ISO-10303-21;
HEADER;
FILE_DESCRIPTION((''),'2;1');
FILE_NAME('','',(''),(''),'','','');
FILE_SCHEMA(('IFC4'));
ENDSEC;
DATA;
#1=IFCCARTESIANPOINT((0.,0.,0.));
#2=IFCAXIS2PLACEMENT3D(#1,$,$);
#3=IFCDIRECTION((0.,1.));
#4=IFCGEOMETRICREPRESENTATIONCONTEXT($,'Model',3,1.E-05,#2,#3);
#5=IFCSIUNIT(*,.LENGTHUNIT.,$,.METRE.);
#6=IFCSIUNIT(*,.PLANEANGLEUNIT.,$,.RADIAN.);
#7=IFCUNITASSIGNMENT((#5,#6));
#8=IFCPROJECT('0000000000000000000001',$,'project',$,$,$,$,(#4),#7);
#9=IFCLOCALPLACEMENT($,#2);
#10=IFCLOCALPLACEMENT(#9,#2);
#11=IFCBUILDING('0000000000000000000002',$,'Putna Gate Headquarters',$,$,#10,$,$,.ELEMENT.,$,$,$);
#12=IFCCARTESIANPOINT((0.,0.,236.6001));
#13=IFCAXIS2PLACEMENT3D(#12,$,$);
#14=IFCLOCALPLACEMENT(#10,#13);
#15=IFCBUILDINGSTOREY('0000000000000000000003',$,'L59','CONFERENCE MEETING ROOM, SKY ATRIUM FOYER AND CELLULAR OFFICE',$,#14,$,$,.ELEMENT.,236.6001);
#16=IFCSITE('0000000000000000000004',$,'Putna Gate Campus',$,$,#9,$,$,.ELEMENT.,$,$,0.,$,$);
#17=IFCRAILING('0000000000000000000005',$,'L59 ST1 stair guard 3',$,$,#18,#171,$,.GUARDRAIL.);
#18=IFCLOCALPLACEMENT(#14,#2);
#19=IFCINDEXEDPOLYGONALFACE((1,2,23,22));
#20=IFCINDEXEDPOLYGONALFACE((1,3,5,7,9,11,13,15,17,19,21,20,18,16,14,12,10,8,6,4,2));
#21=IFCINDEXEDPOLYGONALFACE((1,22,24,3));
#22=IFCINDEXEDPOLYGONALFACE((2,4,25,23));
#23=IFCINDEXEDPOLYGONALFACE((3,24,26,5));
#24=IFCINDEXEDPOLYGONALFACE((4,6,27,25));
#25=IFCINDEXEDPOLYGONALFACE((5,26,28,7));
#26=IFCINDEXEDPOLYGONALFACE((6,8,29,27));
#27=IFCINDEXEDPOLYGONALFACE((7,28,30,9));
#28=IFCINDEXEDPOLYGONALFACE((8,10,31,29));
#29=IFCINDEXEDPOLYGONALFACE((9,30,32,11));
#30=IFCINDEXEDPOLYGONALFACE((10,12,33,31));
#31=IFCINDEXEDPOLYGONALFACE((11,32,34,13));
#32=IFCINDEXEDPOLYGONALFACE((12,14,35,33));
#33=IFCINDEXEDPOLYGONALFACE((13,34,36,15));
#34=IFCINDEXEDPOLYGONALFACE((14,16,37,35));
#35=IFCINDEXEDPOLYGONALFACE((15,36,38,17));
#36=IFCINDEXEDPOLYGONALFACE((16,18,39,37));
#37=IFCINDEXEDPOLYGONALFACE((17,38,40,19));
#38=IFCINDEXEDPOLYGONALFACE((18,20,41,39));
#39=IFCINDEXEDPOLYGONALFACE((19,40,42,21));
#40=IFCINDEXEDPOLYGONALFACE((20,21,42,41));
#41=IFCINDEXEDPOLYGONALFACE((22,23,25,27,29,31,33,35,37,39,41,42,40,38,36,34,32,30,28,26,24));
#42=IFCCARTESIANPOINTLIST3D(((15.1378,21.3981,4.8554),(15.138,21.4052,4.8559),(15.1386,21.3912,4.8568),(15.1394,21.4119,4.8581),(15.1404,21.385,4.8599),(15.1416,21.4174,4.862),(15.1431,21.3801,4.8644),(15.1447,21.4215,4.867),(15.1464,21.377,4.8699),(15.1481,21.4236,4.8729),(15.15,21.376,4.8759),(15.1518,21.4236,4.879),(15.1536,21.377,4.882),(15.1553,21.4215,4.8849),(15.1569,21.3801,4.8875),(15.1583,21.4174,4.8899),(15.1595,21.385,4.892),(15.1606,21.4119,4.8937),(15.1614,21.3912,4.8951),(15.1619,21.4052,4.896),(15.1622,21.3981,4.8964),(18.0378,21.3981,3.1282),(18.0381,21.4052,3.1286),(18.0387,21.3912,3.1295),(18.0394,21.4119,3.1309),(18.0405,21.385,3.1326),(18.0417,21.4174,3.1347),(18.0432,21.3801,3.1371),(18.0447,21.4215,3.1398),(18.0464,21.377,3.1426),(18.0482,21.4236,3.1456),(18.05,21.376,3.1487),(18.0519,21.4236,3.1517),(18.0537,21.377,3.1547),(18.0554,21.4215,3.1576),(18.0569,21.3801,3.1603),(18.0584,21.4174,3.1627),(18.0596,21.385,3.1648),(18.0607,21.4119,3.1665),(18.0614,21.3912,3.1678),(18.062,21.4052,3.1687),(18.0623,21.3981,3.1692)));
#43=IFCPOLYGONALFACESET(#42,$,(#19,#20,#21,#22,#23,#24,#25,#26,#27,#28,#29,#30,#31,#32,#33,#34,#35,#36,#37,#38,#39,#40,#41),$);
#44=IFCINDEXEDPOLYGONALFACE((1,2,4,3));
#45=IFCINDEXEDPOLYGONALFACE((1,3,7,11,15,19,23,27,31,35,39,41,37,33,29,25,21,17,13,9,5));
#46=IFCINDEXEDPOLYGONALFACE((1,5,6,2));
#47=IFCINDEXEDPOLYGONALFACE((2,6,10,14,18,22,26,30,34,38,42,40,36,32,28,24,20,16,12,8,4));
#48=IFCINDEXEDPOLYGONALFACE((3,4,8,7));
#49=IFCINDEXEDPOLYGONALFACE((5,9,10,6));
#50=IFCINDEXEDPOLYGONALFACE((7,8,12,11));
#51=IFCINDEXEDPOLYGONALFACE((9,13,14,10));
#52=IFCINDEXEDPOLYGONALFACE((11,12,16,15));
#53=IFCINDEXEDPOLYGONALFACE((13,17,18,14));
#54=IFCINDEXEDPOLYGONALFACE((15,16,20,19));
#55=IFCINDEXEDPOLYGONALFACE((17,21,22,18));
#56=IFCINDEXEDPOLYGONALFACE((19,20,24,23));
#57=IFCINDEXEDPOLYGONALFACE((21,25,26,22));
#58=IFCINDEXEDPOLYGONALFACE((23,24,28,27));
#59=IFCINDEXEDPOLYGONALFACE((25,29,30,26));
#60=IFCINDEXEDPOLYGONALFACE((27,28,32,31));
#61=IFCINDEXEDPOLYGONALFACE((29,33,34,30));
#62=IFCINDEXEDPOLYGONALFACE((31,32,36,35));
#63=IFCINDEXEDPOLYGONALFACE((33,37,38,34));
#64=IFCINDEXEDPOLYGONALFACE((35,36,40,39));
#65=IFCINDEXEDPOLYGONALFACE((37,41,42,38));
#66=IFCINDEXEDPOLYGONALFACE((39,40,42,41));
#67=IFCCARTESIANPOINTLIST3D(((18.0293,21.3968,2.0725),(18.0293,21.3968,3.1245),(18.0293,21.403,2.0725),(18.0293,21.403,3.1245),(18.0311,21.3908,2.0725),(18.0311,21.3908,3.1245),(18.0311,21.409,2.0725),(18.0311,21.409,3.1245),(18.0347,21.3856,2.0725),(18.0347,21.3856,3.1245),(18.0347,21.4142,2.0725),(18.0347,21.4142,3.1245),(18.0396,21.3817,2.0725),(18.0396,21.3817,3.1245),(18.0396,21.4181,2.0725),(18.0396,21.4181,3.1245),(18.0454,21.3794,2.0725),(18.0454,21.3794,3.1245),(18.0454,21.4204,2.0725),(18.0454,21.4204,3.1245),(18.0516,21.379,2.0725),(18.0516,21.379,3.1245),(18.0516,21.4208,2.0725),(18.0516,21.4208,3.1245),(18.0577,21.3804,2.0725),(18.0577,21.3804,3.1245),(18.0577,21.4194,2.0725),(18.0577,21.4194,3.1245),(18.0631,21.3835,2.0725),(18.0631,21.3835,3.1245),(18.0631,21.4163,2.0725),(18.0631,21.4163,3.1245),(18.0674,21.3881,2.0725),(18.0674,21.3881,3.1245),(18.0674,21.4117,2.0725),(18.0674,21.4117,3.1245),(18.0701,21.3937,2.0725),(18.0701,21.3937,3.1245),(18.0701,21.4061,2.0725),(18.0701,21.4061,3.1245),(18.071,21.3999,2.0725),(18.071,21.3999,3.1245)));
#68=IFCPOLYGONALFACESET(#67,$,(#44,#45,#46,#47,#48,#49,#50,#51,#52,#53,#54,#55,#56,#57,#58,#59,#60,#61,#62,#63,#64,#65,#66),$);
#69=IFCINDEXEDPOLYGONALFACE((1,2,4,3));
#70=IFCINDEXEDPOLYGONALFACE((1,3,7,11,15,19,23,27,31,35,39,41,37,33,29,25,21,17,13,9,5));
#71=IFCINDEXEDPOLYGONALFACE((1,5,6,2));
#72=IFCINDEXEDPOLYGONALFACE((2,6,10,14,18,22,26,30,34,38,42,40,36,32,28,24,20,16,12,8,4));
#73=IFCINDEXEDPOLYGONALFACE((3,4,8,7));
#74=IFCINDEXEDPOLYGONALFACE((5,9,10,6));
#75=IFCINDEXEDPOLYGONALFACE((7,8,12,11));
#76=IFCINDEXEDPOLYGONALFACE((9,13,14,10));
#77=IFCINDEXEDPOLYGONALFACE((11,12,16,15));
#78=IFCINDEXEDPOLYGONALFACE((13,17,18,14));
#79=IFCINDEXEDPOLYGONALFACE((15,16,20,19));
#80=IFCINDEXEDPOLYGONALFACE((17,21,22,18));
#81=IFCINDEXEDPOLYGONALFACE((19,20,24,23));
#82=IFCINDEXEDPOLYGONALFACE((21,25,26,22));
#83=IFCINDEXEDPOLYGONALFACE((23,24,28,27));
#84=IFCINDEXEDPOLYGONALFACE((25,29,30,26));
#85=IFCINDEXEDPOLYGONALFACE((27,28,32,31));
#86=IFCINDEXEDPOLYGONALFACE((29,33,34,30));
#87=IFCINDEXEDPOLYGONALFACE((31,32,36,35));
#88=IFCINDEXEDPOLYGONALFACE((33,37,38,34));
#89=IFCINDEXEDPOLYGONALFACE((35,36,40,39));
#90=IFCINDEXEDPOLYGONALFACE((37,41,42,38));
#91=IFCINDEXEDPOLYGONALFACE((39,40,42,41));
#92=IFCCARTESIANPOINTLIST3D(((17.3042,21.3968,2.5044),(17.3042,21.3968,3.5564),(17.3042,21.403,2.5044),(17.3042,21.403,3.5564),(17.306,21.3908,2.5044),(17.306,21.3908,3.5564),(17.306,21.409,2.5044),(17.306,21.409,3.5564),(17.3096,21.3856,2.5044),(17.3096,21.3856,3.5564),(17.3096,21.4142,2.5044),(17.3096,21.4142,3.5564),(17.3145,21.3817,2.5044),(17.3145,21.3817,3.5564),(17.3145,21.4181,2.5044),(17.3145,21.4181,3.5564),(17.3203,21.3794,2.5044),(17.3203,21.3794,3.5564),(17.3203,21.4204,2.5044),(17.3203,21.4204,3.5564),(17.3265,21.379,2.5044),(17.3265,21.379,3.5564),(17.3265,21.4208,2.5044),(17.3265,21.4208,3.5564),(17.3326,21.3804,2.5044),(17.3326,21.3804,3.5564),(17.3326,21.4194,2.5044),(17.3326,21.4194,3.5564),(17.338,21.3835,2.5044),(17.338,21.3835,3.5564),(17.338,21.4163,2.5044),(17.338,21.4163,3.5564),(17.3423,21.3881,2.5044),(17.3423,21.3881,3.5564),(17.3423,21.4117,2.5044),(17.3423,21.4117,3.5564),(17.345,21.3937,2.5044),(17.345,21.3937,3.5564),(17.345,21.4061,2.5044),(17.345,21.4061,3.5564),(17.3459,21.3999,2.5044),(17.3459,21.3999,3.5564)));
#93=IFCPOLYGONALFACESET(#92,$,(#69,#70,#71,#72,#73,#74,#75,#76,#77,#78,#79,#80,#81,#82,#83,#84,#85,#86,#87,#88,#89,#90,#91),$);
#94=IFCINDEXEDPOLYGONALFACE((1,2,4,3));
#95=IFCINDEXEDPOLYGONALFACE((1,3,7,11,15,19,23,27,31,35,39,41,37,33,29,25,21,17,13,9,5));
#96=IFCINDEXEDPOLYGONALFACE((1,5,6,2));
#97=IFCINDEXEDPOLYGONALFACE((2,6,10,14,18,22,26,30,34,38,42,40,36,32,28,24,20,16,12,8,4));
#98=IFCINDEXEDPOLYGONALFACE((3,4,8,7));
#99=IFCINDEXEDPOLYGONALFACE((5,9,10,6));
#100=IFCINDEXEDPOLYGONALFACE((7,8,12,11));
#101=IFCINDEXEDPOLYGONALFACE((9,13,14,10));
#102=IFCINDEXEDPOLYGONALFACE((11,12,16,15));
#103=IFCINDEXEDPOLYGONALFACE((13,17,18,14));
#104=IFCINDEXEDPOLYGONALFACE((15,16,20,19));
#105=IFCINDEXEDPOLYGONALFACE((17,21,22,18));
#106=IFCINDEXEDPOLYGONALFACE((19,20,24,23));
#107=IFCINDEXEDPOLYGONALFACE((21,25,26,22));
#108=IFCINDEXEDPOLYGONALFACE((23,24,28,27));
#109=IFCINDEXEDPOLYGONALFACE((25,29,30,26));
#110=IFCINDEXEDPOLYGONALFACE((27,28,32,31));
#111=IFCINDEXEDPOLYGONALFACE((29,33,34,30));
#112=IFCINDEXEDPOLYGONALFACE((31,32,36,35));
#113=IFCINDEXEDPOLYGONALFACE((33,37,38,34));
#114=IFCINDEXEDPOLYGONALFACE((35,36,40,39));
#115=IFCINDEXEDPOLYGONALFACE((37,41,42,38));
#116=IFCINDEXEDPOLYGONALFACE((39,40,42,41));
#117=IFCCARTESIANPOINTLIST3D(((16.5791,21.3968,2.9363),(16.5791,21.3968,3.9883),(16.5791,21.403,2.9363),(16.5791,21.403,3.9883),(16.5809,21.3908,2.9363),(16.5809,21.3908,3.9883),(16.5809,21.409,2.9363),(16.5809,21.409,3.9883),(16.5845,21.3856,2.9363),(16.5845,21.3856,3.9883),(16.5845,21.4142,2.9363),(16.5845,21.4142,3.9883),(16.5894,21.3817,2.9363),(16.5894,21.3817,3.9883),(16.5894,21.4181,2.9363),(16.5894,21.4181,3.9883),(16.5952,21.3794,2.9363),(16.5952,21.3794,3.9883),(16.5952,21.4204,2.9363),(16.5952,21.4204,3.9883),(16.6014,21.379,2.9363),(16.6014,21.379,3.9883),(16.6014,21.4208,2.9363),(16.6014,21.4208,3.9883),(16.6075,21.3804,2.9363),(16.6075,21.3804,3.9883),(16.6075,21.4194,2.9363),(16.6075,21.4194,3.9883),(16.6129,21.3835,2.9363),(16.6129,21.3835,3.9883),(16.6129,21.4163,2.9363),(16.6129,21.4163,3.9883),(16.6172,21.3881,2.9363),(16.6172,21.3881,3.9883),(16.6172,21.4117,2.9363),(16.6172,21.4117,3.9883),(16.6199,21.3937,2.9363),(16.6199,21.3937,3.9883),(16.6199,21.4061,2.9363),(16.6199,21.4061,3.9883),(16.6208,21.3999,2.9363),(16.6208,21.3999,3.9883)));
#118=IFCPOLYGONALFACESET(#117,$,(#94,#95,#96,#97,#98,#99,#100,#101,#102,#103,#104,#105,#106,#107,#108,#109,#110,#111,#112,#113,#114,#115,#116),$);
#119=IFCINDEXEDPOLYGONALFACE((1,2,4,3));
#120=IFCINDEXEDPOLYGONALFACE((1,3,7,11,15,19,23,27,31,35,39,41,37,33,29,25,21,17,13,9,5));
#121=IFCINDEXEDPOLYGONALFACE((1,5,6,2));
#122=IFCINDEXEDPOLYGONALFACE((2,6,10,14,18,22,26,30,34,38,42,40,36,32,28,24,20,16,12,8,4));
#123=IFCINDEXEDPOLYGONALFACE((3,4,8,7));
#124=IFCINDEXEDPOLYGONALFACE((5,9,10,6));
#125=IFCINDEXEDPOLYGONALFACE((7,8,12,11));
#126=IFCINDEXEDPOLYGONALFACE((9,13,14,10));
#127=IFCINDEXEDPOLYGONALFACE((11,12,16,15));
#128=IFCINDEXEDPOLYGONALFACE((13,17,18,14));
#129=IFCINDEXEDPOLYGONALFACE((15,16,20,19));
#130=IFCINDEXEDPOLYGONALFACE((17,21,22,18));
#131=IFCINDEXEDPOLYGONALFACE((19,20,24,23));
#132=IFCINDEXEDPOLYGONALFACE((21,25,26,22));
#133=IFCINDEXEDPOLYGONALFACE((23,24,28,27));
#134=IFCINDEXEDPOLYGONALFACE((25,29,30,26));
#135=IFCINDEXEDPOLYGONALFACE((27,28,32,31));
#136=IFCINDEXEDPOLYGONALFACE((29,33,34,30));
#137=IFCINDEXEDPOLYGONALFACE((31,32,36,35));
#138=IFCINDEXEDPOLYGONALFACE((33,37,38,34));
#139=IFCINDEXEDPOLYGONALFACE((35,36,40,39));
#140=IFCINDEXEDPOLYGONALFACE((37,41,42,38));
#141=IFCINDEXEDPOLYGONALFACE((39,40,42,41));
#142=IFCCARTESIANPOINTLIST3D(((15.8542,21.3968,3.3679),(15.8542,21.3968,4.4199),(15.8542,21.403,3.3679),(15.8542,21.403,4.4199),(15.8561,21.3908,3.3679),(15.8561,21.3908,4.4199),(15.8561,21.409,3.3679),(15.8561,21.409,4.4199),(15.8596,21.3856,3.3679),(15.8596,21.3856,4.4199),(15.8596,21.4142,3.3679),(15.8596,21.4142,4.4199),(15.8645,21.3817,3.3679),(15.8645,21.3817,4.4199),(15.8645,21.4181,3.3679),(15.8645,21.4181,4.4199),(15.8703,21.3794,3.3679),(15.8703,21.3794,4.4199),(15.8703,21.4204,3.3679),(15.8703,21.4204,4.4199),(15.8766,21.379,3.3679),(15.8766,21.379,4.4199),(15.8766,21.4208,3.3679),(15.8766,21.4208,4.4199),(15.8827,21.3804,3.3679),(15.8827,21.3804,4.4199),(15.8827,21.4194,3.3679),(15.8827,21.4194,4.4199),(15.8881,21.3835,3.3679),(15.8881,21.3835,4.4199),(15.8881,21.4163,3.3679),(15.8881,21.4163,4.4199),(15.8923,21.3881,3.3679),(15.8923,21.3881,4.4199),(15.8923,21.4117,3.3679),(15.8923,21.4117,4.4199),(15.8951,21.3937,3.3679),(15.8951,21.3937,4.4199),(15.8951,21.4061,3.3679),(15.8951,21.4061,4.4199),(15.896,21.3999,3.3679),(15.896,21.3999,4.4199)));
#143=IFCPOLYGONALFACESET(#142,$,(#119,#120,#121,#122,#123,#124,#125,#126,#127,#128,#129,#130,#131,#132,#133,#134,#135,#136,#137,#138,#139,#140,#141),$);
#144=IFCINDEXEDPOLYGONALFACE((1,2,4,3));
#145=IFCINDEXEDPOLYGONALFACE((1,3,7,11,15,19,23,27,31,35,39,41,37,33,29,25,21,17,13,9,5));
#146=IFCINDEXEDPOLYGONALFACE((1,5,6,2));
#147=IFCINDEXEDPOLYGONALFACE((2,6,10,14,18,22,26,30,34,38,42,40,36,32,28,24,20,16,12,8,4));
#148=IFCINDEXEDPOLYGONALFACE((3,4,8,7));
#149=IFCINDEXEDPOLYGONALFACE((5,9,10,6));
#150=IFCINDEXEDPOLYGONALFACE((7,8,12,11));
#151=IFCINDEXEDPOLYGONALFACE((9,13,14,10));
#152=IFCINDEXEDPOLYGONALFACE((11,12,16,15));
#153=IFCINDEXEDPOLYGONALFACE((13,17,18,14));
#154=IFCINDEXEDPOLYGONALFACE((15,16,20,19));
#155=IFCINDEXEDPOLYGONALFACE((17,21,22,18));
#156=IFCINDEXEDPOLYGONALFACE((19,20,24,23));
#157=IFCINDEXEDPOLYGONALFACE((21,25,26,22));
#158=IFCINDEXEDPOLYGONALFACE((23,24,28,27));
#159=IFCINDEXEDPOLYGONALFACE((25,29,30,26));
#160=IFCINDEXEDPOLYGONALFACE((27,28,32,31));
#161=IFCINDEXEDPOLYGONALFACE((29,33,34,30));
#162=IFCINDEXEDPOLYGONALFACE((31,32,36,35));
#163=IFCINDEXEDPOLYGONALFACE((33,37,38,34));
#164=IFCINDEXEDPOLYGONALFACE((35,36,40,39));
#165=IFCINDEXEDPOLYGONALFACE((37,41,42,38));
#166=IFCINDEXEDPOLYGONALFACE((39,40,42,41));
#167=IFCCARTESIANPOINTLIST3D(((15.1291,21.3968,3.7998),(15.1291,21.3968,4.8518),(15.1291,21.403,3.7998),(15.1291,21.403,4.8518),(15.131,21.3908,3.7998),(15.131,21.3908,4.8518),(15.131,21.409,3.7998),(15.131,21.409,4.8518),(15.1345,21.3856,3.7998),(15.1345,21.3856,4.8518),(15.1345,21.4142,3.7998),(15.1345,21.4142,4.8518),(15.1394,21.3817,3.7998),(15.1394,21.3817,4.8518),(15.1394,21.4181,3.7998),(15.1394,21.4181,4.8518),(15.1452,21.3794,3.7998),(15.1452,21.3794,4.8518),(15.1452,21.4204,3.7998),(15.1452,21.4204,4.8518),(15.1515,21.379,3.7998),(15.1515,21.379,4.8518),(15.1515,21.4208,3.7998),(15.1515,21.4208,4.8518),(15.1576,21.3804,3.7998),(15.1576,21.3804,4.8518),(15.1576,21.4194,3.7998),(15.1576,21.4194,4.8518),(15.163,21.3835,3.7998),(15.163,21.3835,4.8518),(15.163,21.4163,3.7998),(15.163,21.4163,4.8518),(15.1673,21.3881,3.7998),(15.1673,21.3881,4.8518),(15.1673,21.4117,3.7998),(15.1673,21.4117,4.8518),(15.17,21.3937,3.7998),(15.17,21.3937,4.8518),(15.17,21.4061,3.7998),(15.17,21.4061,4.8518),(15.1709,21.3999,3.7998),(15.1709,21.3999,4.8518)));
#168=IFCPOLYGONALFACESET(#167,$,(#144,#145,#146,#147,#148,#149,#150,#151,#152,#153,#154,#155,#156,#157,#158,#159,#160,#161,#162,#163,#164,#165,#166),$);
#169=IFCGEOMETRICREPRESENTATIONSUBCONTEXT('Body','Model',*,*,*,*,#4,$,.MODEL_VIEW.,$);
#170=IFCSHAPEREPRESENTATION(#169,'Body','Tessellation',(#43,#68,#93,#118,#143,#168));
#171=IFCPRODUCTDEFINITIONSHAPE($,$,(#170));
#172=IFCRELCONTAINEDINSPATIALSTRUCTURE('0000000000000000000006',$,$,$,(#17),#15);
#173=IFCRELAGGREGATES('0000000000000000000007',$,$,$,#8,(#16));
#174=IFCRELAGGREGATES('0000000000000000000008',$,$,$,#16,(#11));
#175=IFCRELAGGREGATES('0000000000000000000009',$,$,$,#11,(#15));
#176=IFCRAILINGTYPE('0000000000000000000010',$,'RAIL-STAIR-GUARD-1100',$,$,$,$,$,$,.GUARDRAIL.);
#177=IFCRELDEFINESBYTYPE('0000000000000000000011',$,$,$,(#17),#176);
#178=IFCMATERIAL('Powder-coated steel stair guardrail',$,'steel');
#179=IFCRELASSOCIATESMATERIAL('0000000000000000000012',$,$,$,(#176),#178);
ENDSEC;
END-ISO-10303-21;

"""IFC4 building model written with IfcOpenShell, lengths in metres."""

from ifc_helpers import new_model, si_unit, direction, frame, origin, origin_2d, place, context, subcontext, project, spatial, circle, extrude, material, type_object, element, save


model = new_model("IFC4")

# Units and contexts
model_context = context("Model", 3, precision=1e-05, world=origin(), true_north=direction((0.0, 1.0)))
body_context = subcontext(model_context, "Body", "Model", "MODEL_VIEW")
ifc_project = project(units=[si_unit("LENGTHUNIT", "METRE"), si_unit("PLANEANGLEUNIT", "RADIAN")], contexts=[model_context])

# Site, building, storey
site_placement = place(None, origin())
site = spatial("IfcSite", under=ifc_project, at=site_placement, Name="Putna Gate Campus", CompositionType="ELEMENT", RefElevation=0.0)
building_placement = place(site_placement, origin())
building = spatial("IfcBuilding", under=site, at=building_placement, Name="Putna Gate Headquarters", CompositionType="ELEMENT")
storey_placement = place(building_placement, frame((0.0, 0.0, 236.6001)))
storey = spatial("IfcBuildingStorey", under=building, at=storey_placement, Name="L59", Description="CONFERENCE MEETING ROOM, SKY ATRIUM FOYER AND CELLULAR OFFICE", CompositionType="ELEMENT", Elevation=236.6001)

# Railing
ifc_material_1 = material(Name="Powder-coated steel stair guardrail", Category="steel")
railing_type_1 = type_object("IfcRailingType", Name="RAIL-STAIR-GUARD-1100", PredefinedType="GUARDRAIL", material=ifc_material_1)
railing_1_placement = place(storey_placement, frame((18.05, 21.3999, 2.0725)))
element("IfcRailing", 1, at=railing_1_placement, inside=storey, type_object=railing_type_1, Name="L59 ST1 stair guard 3", PredefinedType="GUARDRAIL", context=body_context, shape_type="SweptSolid", body=[
    extrude(circle(Radius=0.0239, at=origin_2d()), frame((0.0, 0.0, 1.0762), z_axis=(-0.85916, 0.0, 0.511706), x_axis=(0.0, -1.0, 0.0)), (0.0, 0.0, 1.0), 3.3755),
    extrude(circle(Radius=0.021, at=origin_2d()), origin(), (0.0, 0.0, 1.0), 1.052),
    extrude(circle(Radius=0.021, at=origin_2d()), frame((-0.7251, 0.0, 0.4319)), (0.0, 0.0, 1.0), 1.052),
    extrude(circle(Radius=0.021, at=origin_2d()), frame((-1.4502, 0.0, 0.8638)), (0.0, 0.0, 1.0), 1.052),
    extrude(circle(Radius=0.021, at=origin_2d()), frame((-2.175, 0.0, 1.2954)), (0.0, 0.0, 1.0), 1.052),
    extrude(circle(Radius=0.021, at=origin_2d()), frame((-2.9001, 0.0, 1.7273)), (0.0, 0.0, 1.0), 1.052),
])

save(model, "model.ifc")
